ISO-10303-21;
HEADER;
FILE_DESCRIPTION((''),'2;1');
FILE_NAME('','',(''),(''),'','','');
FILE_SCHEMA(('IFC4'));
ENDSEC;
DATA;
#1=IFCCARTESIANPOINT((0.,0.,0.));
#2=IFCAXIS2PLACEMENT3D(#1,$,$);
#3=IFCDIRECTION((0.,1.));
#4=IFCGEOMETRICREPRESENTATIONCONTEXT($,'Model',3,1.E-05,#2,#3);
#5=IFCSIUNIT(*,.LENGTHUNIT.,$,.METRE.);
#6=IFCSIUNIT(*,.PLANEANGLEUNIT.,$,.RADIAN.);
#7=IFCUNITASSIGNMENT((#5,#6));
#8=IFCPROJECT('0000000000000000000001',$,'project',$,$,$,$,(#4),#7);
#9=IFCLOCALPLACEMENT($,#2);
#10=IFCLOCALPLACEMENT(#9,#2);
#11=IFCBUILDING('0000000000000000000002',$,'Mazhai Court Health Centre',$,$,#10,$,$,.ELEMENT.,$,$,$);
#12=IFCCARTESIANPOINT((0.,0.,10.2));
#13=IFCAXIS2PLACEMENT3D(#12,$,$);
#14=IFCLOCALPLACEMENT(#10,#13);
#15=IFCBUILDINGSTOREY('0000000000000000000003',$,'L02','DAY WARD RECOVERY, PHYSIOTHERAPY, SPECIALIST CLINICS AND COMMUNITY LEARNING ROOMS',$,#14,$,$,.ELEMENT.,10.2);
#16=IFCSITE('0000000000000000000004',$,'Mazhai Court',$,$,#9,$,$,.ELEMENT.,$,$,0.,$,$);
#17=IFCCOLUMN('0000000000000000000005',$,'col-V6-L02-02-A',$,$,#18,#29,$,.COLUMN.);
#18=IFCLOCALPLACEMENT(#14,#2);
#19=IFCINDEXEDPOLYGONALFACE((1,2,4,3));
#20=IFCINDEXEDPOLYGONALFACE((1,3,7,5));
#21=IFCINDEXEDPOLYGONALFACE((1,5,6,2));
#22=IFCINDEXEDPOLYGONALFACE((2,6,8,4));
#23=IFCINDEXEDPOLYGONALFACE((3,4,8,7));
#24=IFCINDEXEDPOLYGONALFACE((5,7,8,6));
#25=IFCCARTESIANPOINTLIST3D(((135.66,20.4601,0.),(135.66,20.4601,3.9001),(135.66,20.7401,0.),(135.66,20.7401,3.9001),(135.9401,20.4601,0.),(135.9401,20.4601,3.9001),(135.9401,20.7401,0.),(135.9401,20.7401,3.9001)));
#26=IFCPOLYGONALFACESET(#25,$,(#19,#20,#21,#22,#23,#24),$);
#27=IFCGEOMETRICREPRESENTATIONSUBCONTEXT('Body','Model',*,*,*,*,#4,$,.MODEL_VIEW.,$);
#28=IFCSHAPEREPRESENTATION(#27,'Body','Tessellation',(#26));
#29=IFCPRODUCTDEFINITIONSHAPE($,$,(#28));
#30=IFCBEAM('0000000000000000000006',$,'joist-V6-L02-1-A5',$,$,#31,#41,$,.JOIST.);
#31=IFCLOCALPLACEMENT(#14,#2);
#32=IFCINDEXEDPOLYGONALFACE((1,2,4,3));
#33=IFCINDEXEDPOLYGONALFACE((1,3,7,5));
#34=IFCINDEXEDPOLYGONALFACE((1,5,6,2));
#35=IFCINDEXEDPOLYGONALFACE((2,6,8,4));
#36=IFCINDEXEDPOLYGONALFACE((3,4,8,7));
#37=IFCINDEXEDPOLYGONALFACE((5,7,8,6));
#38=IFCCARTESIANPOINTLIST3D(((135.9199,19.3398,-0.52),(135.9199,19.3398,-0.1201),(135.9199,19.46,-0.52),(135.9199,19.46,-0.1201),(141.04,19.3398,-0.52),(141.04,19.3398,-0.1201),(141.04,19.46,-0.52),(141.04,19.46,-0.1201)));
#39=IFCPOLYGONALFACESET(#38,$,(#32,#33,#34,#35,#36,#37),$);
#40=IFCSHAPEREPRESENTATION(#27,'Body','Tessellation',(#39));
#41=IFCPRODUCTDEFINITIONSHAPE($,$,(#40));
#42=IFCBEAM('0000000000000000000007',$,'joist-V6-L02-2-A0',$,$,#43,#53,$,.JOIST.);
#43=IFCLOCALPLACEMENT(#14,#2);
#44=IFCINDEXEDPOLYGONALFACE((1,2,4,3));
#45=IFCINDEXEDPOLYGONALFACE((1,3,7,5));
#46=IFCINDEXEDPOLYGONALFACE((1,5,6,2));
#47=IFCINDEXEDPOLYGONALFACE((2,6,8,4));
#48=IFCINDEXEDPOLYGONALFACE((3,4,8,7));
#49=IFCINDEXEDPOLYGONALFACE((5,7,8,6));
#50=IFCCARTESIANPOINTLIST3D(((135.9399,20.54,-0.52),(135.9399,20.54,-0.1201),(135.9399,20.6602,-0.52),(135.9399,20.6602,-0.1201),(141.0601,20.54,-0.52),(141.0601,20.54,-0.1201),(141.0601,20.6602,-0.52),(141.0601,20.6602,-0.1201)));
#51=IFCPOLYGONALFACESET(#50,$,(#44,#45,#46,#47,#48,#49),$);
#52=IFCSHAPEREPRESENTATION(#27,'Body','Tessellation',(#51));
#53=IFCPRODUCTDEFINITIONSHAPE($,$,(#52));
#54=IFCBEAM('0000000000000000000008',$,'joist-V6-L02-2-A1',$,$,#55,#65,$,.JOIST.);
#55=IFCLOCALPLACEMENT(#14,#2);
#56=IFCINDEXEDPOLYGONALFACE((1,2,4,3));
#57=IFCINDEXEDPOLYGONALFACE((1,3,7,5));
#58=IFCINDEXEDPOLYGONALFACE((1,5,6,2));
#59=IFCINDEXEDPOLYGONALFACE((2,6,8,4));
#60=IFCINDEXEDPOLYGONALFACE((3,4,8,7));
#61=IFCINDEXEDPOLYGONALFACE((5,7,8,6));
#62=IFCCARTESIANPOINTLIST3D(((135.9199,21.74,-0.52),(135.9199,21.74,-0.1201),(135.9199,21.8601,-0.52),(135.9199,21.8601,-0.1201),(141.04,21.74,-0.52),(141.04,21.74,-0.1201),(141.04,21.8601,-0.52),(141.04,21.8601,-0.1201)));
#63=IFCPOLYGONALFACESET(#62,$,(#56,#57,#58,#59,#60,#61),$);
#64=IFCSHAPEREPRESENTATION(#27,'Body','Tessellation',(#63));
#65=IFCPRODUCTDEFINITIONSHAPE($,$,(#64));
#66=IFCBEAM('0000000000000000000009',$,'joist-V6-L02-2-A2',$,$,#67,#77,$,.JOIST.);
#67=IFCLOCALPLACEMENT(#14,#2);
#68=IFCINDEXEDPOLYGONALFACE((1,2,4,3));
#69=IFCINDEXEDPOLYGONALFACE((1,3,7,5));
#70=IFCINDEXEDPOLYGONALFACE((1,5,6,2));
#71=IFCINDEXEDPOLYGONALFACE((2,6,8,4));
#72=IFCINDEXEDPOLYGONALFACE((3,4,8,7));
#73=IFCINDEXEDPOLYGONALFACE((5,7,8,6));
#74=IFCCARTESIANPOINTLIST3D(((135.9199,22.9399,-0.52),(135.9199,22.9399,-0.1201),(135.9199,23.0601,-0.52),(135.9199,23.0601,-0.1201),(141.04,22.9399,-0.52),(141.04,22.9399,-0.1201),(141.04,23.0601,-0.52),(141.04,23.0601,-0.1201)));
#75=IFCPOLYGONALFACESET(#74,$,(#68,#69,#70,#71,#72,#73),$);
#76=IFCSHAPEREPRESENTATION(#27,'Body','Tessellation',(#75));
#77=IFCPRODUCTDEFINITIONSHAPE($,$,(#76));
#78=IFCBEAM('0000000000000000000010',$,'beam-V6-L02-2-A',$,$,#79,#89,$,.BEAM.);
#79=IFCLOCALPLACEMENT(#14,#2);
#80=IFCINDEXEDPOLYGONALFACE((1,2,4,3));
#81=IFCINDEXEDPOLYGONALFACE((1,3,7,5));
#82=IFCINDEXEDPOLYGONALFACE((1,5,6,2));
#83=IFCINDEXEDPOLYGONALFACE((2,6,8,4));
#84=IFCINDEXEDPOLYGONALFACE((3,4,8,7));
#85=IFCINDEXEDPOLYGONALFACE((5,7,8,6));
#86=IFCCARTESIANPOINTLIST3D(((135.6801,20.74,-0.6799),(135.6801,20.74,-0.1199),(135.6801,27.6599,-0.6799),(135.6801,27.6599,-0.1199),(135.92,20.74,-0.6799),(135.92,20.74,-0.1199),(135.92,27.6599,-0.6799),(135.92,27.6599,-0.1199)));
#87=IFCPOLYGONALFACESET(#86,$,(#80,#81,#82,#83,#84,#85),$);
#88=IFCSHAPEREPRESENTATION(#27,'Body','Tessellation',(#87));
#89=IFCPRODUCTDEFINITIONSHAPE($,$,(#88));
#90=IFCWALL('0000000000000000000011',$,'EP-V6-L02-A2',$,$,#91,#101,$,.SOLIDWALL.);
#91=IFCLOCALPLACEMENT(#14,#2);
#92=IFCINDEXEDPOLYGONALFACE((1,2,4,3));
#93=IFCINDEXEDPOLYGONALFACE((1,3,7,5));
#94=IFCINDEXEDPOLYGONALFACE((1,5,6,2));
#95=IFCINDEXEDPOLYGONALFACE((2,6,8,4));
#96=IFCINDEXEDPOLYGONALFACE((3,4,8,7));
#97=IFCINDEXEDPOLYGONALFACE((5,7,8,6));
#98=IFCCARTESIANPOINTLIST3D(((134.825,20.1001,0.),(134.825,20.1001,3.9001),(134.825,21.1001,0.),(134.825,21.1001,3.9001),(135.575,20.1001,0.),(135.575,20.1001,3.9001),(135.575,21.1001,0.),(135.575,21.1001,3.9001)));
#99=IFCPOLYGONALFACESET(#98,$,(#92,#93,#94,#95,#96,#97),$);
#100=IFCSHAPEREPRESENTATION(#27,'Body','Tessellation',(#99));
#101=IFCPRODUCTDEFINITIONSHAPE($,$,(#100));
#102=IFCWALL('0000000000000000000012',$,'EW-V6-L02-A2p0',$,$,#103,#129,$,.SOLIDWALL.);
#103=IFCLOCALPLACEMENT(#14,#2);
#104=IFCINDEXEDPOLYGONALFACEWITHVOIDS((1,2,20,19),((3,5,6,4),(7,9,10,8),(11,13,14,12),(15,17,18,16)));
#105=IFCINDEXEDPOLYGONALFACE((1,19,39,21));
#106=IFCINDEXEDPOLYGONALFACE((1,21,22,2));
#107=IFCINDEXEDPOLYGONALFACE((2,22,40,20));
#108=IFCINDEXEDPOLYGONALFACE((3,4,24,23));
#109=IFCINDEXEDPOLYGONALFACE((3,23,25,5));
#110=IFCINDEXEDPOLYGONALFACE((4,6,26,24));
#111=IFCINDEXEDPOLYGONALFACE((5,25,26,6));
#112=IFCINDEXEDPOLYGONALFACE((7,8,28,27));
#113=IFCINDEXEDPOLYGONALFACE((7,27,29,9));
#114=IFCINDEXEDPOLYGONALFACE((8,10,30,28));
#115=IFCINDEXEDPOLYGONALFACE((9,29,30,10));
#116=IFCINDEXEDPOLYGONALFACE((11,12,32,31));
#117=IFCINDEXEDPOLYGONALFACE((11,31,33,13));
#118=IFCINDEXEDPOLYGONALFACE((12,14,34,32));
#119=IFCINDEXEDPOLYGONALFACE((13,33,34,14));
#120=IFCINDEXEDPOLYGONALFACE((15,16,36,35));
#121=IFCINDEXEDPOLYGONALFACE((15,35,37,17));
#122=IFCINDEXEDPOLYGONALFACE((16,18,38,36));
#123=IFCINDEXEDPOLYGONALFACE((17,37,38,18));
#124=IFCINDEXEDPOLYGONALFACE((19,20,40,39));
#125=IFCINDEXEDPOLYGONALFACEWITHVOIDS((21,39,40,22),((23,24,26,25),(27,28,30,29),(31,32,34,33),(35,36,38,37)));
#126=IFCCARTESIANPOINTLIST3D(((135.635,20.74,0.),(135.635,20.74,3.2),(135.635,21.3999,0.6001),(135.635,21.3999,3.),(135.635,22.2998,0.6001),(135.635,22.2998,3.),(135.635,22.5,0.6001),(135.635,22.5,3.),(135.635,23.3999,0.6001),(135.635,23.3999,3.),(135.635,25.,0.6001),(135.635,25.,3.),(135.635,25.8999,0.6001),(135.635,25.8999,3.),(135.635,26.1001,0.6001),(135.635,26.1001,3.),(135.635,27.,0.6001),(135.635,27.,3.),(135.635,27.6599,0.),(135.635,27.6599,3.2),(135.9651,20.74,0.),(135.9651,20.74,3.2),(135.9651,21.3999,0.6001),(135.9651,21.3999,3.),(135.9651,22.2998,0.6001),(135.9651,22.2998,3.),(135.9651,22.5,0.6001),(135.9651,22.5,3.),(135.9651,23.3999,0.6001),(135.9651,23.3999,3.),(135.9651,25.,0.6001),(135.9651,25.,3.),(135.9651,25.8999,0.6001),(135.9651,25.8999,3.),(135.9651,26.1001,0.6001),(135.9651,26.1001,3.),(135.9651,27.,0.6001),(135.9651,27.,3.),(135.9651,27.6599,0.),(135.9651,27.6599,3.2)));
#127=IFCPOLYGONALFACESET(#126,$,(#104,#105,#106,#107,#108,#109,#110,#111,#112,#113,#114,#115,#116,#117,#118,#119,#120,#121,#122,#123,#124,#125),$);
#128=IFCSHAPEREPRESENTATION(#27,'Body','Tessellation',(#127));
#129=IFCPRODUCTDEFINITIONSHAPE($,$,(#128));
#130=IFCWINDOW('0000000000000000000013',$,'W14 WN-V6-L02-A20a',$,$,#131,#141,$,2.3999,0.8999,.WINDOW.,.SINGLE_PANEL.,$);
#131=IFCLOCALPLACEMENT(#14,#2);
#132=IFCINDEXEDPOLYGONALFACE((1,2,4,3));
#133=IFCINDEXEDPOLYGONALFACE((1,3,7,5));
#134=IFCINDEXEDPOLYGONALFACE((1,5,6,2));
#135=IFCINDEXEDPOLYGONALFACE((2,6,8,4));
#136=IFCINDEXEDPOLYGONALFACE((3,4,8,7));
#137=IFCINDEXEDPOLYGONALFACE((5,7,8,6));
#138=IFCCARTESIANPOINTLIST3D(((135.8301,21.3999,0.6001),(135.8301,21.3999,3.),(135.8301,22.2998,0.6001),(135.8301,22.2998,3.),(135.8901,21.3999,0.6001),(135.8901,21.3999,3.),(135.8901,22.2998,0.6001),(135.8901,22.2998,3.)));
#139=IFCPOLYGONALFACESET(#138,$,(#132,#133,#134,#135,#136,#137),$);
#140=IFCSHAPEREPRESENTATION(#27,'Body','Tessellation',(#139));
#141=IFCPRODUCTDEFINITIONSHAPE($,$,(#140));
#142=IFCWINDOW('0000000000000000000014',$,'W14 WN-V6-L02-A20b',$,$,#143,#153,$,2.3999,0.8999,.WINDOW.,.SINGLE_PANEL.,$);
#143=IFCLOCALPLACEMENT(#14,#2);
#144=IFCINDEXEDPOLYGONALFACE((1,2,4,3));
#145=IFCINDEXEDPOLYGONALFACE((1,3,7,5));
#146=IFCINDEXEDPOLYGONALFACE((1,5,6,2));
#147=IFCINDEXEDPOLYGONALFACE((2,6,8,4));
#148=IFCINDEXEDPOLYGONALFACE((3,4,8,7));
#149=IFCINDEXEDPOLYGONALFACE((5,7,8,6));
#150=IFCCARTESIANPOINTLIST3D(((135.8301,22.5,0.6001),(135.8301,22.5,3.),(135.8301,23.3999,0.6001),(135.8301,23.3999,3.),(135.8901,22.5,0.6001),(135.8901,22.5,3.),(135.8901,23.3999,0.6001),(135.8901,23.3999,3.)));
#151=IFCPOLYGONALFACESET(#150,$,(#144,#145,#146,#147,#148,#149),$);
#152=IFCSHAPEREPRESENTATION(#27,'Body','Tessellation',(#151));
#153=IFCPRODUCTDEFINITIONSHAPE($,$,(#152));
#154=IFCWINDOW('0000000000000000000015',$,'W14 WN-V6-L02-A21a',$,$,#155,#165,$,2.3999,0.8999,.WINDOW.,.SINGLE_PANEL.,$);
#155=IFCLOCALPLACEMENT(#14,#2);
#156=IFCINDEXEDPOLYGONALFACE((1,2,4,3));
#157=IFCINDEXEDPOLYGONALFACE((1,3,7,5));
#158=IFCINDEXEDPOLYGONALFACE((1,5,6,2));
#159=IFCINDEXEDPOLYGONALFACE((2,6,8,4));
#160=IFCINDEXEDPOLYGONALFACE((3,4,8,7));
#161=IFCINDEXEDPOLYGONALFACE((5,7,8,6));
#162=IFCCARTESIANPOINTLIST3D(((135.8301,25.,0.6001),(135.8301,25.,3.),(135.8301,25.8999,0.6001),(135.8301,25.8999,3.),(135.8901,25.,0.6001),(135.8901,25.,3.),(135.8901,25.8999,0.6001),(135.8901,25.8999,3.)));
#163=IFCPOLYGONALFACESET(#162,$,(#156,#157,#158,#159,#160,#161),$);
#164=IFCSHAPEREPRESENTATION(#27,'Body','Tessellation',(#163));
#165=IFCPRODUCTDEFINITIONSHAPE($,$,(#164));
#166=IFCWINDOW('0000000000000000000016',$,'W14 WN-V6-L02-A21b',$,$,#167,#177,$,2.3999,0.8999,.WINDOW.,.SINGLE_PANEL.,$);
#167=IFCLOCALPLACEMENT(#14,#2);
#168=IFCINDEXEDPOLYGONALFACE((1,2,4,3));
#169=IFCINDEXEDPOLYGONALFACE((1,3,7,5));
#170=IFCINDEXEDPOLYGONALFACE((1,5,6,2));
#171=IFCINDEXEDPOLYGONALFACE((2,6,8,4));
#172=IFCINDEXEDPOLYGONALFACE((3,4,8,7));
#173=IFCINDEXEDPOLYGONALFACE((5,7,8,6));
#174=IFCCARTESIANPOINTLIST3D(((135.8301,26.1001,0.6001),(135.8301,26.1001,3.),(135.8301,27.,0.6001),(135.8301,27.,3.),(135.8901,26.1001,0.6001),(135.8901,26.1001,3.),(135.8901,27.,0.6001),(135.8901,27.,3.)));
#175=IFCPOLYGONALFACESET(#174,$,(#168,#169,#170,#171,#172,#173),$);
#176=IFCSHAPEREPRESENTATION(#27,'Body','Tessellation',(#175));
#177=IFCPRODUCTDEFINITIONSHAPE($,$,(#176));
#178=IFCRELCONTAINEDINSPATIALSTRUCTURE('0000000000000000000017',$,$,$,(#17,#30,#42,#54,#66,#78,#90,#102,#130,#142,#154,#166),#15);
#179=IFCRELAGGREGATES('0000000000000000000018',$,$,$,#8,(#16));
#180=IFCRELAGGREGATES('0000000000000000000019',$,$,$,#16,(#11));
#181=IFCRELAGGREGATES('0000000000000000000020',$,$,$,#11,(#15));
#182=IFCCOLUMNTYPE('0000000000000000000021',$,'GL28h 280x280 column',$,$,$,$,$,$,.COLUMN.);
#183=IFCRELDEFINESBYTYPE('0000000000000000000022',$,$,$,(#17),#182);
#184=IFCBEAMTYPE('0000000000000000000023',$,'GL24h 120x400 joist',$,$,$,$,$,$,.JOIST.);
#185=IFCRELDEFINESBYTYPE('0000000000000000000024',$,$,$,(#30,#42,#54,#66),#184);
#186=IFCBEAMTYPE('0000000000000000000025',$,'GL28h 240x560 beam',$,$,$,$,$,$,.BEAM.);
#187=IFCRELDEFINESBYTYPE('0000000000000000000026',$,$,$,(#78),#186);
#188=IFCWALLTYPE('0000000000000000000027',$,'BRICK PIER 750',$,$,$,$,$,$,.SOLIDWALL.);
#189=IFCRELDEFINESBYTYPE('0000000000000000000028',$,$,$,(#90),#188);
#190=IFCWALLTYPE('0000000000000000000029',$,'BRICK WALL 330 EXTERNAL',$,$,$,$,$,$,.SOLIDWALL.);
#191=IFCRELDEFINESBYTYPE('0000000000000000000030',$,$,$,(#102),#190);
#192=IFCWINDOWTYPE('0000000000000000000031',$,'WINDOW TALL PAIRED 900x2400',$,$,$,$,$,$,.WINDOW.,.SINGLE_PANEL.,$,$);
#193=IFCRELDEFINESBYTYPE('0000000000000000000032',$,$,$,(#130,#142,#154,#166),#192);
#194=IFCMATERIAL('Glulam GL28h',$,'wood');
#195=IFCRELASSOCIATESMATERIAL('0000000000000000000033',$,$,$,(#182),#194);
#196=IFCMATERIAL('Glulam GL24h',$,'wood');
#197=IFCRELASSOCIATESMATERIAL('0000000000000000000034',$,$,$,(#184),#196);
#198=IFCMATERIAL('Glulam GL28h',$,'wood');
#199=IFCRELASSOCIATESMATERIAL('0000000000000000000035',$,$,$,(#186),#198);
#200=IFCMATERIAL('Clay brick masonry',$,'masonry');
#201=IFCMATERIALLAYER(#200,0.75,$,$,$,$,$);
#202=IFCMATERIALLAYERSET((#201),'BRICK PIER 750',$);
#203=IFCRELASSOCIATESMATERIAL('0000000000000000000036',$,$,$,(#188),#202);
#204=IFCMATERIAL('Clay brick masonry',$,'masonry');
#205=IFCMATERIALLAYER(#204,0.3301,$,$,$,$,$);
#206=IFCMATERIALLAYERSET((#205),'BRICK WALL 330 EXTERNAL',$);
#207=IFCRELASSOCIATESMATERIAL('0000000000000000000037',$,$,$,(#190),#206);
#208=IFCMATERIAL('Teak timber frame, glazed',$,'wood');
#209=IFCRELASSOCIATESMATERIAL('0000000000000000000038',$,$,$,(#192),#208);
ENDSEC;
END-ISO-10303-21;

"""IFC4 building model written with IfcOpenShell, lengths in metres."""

from ifc_helpers import new_model, si_unit, direction, frame, frame_2d, origin, origin_2d, place, context, subcontext, project, spatial, rectangle, extrude, material, layer, layer_set, material_profile, profile_set, type_object, element, fill, save


model = new_model("IFC4")

# Units and contexts
model_context = context("Model", 3, precision=1e-05, world=origin(), true_north=direction((0.0, 1.0)))
body_context = subcontext(model_context, "Body", "Model", "MODEL_VIEW")
ifc_project = project(units=[si_unit("LENGTHUNIT", "METRE"), si_unit("PLANEANGLEUNIT", "RADIAN")], contexts=[model_context])

# Site, building, storey
site_placement = place(None, origin())
site = spatial("IfcSite", under=ifc_project, at=site_placement, Name="Mazhai Court", CompositionType="ELEMENT", RefElevation=0.0)
building_placement = place(site_placement, origin())
building = spatial("IfcBuilding", under=site, at=building_placement, Name="Mazhai Court Health Centre", CompositionType="ELEMENT")
storey_placement = place(building_placement, frame((0.0, 0.0, 10.2)))
storey = spatial("IfcBuildingStorey", under=building, at=storey_placement, Name="L02", Description="DAY WARD RECOVERY, PHYSIOTHERAPY, SPECIALIST CLINICS AND COMMUNITY LEARNING ROOMS", CompositionType="ELEMENT", Elevation=10.2)

# Column
ifc_material_1 = material(Name="Glulam GL28h", Category="wood")
ifc_material_profile_1 = material_profile(ifc_material_1, rectangle(XDim=0.28, YDim=0.28, at=origin_2d()), Name="GL28h 280x280")
ifc_profile_set_1 = profile_set([ifc_material_profile_1], Name="Glulam GL28h")
column_type = type_object("IfcColumnType", Name="GL28h 280x280 column", PredefinedType="COLUMN", material=ifc_profile_set_1)
column_placement = place(storey_placement, frame((135.8, 20.6001, 0.0), z_axis=(0.0, 0.0, 1.0), x_axis=(1.0, 0.0, 0.0)))
element("IfcColumn", 1, at=column_placement, inside=storey, type_object=column_type, Name="col-V6-L02-02-A", PredefinedType="COLUMN", context=body_context, shape_type="SweptSolid", body=[
    extrude(rectangle(XDim=0.28, YDim=0.28, at=origin_2d()), origin(), (0.0, 0.0, 1.0), 3.9001),
])

# Beams
ifc_material_2 = material(Name="Glulam GL24h", Category="wood")
ifc_material_profile_2 = material_profile(ifc_material_2, rectangle(XDim=0.1201, YDim=0.3999, at=origin_2d()), Name="GL24h 120x400")
ifc_profile_set_2 = profile_set([ifc_material_profile_2], Name="Glulam GL24h")
beam_type_1 = type_object("IfcBeamType", Name="GL24h 120x400 joist", PredefinedType="JOIST", material=ifc_profile_set_2)
for number, where, z_axis, x_axis, name in (
    (2, (135.9199, 19.3999, -0.3201), (1.0, 0.0, 0.0), (0.0, 1.0, 0.0), "joist-V6-L02-1-A5"),
    (3, (135.9399, 20.6001, -0.3201), (1.0, 0.0, 0.0), (0.0, 1.0, 0.0), "joist-V6-L02-2-A0"),
    (4, (135.9199, 21.8, -0.3201), (1.0, 0.0, 0.0), (0.0, 1.0, 0.0), "joist-V6-L02-2-A1"),
    (5, (135.9199, 23.0, -0.3201), (1.0, 0.0, 0.0), (0.0, 1.0, 0.0), "joist-V6-L02-2-A2"),
):
    element("IfcBeam", number, at=place(storey_placement, frame(where, z_axis=z_axis, x_axis=x_axis)), inside=storey, type_object=beam_type_1, Name=name, PredefinedType="JOIST", context=body_context, shape_type="SweptSolid", body=[
        extrude(rectangle(XDim=0.1201, YDim=0.3999, at=origin_2d()), origin(), (0.0, 0.0, 1.0), 5.1201),
    ])
ifc_material_3 = material(Name="Glulam GL28h", Category="wood")
ifc_material_profile_3 = material_profile(ifc_material_3, rectangle(XDim=0.24, YDim=0.5601, at=origin_2d()), Name="GL28h 240x560")
ifc_profile_set_3 = profile_set([ifc_material_profile_3], Name="Glulam GL28h")
beam_type_2 = type_object("IfcBeamType", Name="GL28h 240x560 beam", PredefinedType="BEAM", material=ifc_profile_set_3)
beam_placement = place(storey_placement, frame((135.8, 20.74, -0.3999), z_axis=(0.0, 1.0, 0.0), x_axis=(-1.0, 0.0, 0.0)))
element("IfcBeam", 6, at=beam_placement, inside=storey, type_object=beam_type_2, Name="beam-V6-L02-2-A", PredefinedType="BEAM", context=body_context, shape_type="SweptSolid", body=[
    extrude(rectangle(XDim=0.24, YDim=0.5601, at=origin_2d()), origin(), (0.0, 0.0, 1.0), 6.9199),
])

# Wall
ifc_material_4 = material(Name="Clay brick masonry", Category="masonry")
ifc_layer_1 = layer(ifc_material_4, 0.75)
ifc_layer_set_1 = layer_set([ifc_layer_1], Name="BRICK PIER 750")
wall_type_1 = type_object("IfcWallType", Name="BRICK PIER 750", PredefinedType="SOLIDWALL", material=ifc_layer_set_1)
wall_1_placement = place(storey_placement, frame((135.2, 20.1001, 0.0), z_axis=(0.0, 0.0, 1.0), x_axis=(0.0, 1.0, 0.0)))
element("IfcWall", 7, at=wall_1_placement, inside=storey, type_object=wall_type_1, Name="EP-V6-L02-A2", PredefinedType="SOLIDWALL", context=body_context, shape_type="SweptSolid", body=[
    extrude(rectangle(XDim=1.0, YDim=0.75, at=frame_2d((0.5, 0.0))), origin(), (0.0, 0.0, 1.0), 3.9001),
])

# Wall, openings, windows
ifc_material_5 = material(Name="Clay brick masonry", Category="masonry")
ifc_layer_2 = layer(ifc_material_5, 0.3301)
ifc_layer_set_2 = layer_set([ifc_layer_2], Name="BRICK WALL 330 EXTERNAL")
wall_type_2 = type_object("IfcWallType", Name="BRICK WALL 330 EXTERNAL", PredefinedType="SOLIDWALL", material=ifc_layer_set_2)
wall_2_placement = place(storey_placement, frame((135.8, 20.74, 0.0), z_axis=(0.0, 0.0, 1.0), x_axis=(0.0, 1.0, 0.0)))
wall_2 = element("IfcWall", 8, at=wall_2_placement, inside=storey, type_object=wall_type_2, Name="EW-V6-L02-A2p0", PredefinedType="SOLIDWALL", context=body_context, shape_type="SweptSolid", body=[
    extrude(rectangle(XDim=6.9199, YDim=0.3301, at=frame_2d((3.46, 0.0))), origin(), (0.0, 0.0, 1.0), 3.2),
])
opening_1_placement = place(wall_2_placement, frame((0.6599, 0.0, 0.6001)))
opening_1 = element("IfcOpeningElement", 9, at=opening_1_placement, cuts=wall_2, PredefinedType="OPENING", context=body_context, shape_type="SweptSolid", body=[
    extrude(rectangle(XDim=0.8999, YDim=2.3999, at=frame_2d((0.45, 1.2))), frame((0.0, 0.175, 0.0), z_axis=(0.0, -1.0, 0.0), x_axis=(1.0, 0.0, 0.0)), (0.0, 0.0, 1.0), 0.3501),
])
opening_2_placement = place(wall_2_placement, frame((1.76, 0.0, 0.6001)))
opening_2 = element("IfcOpeningElement", 10, at=opening_2_placement, cuts=wall_2, PredefinedType="OPENING", context=body_context, shape_type="SweptSolid", body=[
    extrude(rectangle(XDim=0.8999, YDim=2.3999, at=frame_2d((0.45, 1.2))), frame((0.0, 0.175, 0.0), z_axis=(0.0, -1.0, 0.0), x_axis=(1.0, 0.0, 0.0)), (0.0, 0.0, 1.0), 0.3501),
])
opening_3_placement = place(wall_2_placement, frame((4.26, 0.0, 0.6001)))
opening_3 = element("IfcOpeningElement", 11, at=opening_3_placement, cuts=wall_2, PredefinedType="OPENING", context=body_context, shape_type="SweptSolid", body=[
    extrude(rectangle(XDim=0.8999, YDim=2.3999, at=frame_2d((0.45, 1.2))), frame((0.0, 0.175, 0.0), z_axis=(0.0, -1.0, 0.0), x_axis=(1.0, 0.0, 0.0)), (0.0, 0.0, 1.0), 0.3501),
])
opening_4_placement = place(wall_2_placement, frame((5.3601, 0.0, 0.6001)))
opening_4 = element("IfcOpeningElement", 12, at=opening_4_placement, cuts=wall_2, PredefinedType="OPENING", context=body_context, shape_type="SweptSolid", body=[
    extrude(rectangle(XDim=0.8999, YDim=2.3999, at=frame_2d((0.45, 1.2))), frame((0.0, 0.175, 0.0), z_axis=(0.0, -1.0, 0.0), x_axis=(1.0, 0.0, 0.0)), (0.0, 0.0, 1.0), 0.3501),
])
ifc_material_6 = material(Name="Teak timber frame, glazed", Category="wood")
window_type = type_object("IfcWindowType", Name="WINDOW TALL PAIRED 900x2400", PartitioningType="SINGLE_PANEL", PredefinedType="WINDOW", material=ifc_material_6)
window_1_placement = place(opening_1_placement, origin())
window_1 = element("IfcWindow", 13, at=window_1_placement, inside=storey, type_object=window_type, Name="W14 WN-V6-L02-A20a", OverallHeight=2.3999, OverallWidth=0.8999, PartitioningType="SINGLE_PANEL", PredefinedType="WINDOW", context=body_context, shape_type="SweptSolid", body=[
    extrude(rectangle(XDim=0.8999, YDim=2.3999, at=frame_2d((0.45, 1.2))), frame((0.0, -0.03, 0.0), z_axis=(0.0, -1.0, 0.0), x_axis=(1.0, 0.0, 0.0)), (0.0, 0.0, 1.0), 0.0601),
])
fill(opening_1, window_1)
window_2_placement = place(opening_2_placement, origin())
window_2 = element("IfcWindow", 14, at=window_2_placement, inside=storey, type_object=window_type, Name="W14 WN-V6-L02-A20b", OverallHeight=2.3999, OverallWidth=0.8999, PartitioningType="SINGLE_PANEL", PredefinedType="WINDOW", context=body_context, shape_type="SweptSolid", body=[
    extrude(rectangle(XDim=0.8999, YDim=2.3999, at=frame_2d((0.45, 1.2))), frame((0.0, -0.03, 0.0), z_axis=(0.0, -1.0, 0.0), x_axis=(1.0, 0.0, 0.0)), (0.0, 0.0, 1.0), 0.0601),
])
fill(opening_2, window_2)
window_3_placement = place(opening_3_placement, origin())
window_3 = element("IfcWindow", 15, at=window_3_placement, inside=storey, type_object=window_type, Name="W14 WN-V6-L02-A21a", OverallHeight=2.3999, OverallWidth=0.8999, PartitioningType="SINGLE_PANEL", PredefinedType="WINDOW", context=body_context, shape_type="SweptSolid", body=[
    extrude(rectangle(XDim=0.8999, YDim=2.3999, at=frame_2d((0.45, 1.2))), frame((0.0, -0.03, 0.0), z_axis=(0.0, -1.0, 0.0), x_axis=(1.0, 0.0, 0.0)), (0.0, 0.0, 1.0), 0.0601),
])
fill(opening_3, window_3)
window_4_placement = place(opening_4_placement, origin())
window_4 = element("IfcWindow", 16, at=window_4_placement, inside=storey, type_object=window_type, Name="W14 WN-V6-L02-A21b", OverallHeight=2.3999, OverallWidth=0.8999, PartitioningType="SINGLE_PANEL", PredefinedType="WINDOW", context=body_context, shape_type="SweptSolid", body=[
    extrude(rectangle(XDim=0.8999, YDim=2.3999, at=frame_2d((0.45, 1.2))), frame((0.0, -0.03, 0.0), z_axis=(0.0, -1.0, 0.0), x_axis=(1.0, 0.0, 0.0)), (0.0, 0.0, 1.0), 0.0601),
])
fill(opening_4, window_4)

save(model, "model.ifc")
